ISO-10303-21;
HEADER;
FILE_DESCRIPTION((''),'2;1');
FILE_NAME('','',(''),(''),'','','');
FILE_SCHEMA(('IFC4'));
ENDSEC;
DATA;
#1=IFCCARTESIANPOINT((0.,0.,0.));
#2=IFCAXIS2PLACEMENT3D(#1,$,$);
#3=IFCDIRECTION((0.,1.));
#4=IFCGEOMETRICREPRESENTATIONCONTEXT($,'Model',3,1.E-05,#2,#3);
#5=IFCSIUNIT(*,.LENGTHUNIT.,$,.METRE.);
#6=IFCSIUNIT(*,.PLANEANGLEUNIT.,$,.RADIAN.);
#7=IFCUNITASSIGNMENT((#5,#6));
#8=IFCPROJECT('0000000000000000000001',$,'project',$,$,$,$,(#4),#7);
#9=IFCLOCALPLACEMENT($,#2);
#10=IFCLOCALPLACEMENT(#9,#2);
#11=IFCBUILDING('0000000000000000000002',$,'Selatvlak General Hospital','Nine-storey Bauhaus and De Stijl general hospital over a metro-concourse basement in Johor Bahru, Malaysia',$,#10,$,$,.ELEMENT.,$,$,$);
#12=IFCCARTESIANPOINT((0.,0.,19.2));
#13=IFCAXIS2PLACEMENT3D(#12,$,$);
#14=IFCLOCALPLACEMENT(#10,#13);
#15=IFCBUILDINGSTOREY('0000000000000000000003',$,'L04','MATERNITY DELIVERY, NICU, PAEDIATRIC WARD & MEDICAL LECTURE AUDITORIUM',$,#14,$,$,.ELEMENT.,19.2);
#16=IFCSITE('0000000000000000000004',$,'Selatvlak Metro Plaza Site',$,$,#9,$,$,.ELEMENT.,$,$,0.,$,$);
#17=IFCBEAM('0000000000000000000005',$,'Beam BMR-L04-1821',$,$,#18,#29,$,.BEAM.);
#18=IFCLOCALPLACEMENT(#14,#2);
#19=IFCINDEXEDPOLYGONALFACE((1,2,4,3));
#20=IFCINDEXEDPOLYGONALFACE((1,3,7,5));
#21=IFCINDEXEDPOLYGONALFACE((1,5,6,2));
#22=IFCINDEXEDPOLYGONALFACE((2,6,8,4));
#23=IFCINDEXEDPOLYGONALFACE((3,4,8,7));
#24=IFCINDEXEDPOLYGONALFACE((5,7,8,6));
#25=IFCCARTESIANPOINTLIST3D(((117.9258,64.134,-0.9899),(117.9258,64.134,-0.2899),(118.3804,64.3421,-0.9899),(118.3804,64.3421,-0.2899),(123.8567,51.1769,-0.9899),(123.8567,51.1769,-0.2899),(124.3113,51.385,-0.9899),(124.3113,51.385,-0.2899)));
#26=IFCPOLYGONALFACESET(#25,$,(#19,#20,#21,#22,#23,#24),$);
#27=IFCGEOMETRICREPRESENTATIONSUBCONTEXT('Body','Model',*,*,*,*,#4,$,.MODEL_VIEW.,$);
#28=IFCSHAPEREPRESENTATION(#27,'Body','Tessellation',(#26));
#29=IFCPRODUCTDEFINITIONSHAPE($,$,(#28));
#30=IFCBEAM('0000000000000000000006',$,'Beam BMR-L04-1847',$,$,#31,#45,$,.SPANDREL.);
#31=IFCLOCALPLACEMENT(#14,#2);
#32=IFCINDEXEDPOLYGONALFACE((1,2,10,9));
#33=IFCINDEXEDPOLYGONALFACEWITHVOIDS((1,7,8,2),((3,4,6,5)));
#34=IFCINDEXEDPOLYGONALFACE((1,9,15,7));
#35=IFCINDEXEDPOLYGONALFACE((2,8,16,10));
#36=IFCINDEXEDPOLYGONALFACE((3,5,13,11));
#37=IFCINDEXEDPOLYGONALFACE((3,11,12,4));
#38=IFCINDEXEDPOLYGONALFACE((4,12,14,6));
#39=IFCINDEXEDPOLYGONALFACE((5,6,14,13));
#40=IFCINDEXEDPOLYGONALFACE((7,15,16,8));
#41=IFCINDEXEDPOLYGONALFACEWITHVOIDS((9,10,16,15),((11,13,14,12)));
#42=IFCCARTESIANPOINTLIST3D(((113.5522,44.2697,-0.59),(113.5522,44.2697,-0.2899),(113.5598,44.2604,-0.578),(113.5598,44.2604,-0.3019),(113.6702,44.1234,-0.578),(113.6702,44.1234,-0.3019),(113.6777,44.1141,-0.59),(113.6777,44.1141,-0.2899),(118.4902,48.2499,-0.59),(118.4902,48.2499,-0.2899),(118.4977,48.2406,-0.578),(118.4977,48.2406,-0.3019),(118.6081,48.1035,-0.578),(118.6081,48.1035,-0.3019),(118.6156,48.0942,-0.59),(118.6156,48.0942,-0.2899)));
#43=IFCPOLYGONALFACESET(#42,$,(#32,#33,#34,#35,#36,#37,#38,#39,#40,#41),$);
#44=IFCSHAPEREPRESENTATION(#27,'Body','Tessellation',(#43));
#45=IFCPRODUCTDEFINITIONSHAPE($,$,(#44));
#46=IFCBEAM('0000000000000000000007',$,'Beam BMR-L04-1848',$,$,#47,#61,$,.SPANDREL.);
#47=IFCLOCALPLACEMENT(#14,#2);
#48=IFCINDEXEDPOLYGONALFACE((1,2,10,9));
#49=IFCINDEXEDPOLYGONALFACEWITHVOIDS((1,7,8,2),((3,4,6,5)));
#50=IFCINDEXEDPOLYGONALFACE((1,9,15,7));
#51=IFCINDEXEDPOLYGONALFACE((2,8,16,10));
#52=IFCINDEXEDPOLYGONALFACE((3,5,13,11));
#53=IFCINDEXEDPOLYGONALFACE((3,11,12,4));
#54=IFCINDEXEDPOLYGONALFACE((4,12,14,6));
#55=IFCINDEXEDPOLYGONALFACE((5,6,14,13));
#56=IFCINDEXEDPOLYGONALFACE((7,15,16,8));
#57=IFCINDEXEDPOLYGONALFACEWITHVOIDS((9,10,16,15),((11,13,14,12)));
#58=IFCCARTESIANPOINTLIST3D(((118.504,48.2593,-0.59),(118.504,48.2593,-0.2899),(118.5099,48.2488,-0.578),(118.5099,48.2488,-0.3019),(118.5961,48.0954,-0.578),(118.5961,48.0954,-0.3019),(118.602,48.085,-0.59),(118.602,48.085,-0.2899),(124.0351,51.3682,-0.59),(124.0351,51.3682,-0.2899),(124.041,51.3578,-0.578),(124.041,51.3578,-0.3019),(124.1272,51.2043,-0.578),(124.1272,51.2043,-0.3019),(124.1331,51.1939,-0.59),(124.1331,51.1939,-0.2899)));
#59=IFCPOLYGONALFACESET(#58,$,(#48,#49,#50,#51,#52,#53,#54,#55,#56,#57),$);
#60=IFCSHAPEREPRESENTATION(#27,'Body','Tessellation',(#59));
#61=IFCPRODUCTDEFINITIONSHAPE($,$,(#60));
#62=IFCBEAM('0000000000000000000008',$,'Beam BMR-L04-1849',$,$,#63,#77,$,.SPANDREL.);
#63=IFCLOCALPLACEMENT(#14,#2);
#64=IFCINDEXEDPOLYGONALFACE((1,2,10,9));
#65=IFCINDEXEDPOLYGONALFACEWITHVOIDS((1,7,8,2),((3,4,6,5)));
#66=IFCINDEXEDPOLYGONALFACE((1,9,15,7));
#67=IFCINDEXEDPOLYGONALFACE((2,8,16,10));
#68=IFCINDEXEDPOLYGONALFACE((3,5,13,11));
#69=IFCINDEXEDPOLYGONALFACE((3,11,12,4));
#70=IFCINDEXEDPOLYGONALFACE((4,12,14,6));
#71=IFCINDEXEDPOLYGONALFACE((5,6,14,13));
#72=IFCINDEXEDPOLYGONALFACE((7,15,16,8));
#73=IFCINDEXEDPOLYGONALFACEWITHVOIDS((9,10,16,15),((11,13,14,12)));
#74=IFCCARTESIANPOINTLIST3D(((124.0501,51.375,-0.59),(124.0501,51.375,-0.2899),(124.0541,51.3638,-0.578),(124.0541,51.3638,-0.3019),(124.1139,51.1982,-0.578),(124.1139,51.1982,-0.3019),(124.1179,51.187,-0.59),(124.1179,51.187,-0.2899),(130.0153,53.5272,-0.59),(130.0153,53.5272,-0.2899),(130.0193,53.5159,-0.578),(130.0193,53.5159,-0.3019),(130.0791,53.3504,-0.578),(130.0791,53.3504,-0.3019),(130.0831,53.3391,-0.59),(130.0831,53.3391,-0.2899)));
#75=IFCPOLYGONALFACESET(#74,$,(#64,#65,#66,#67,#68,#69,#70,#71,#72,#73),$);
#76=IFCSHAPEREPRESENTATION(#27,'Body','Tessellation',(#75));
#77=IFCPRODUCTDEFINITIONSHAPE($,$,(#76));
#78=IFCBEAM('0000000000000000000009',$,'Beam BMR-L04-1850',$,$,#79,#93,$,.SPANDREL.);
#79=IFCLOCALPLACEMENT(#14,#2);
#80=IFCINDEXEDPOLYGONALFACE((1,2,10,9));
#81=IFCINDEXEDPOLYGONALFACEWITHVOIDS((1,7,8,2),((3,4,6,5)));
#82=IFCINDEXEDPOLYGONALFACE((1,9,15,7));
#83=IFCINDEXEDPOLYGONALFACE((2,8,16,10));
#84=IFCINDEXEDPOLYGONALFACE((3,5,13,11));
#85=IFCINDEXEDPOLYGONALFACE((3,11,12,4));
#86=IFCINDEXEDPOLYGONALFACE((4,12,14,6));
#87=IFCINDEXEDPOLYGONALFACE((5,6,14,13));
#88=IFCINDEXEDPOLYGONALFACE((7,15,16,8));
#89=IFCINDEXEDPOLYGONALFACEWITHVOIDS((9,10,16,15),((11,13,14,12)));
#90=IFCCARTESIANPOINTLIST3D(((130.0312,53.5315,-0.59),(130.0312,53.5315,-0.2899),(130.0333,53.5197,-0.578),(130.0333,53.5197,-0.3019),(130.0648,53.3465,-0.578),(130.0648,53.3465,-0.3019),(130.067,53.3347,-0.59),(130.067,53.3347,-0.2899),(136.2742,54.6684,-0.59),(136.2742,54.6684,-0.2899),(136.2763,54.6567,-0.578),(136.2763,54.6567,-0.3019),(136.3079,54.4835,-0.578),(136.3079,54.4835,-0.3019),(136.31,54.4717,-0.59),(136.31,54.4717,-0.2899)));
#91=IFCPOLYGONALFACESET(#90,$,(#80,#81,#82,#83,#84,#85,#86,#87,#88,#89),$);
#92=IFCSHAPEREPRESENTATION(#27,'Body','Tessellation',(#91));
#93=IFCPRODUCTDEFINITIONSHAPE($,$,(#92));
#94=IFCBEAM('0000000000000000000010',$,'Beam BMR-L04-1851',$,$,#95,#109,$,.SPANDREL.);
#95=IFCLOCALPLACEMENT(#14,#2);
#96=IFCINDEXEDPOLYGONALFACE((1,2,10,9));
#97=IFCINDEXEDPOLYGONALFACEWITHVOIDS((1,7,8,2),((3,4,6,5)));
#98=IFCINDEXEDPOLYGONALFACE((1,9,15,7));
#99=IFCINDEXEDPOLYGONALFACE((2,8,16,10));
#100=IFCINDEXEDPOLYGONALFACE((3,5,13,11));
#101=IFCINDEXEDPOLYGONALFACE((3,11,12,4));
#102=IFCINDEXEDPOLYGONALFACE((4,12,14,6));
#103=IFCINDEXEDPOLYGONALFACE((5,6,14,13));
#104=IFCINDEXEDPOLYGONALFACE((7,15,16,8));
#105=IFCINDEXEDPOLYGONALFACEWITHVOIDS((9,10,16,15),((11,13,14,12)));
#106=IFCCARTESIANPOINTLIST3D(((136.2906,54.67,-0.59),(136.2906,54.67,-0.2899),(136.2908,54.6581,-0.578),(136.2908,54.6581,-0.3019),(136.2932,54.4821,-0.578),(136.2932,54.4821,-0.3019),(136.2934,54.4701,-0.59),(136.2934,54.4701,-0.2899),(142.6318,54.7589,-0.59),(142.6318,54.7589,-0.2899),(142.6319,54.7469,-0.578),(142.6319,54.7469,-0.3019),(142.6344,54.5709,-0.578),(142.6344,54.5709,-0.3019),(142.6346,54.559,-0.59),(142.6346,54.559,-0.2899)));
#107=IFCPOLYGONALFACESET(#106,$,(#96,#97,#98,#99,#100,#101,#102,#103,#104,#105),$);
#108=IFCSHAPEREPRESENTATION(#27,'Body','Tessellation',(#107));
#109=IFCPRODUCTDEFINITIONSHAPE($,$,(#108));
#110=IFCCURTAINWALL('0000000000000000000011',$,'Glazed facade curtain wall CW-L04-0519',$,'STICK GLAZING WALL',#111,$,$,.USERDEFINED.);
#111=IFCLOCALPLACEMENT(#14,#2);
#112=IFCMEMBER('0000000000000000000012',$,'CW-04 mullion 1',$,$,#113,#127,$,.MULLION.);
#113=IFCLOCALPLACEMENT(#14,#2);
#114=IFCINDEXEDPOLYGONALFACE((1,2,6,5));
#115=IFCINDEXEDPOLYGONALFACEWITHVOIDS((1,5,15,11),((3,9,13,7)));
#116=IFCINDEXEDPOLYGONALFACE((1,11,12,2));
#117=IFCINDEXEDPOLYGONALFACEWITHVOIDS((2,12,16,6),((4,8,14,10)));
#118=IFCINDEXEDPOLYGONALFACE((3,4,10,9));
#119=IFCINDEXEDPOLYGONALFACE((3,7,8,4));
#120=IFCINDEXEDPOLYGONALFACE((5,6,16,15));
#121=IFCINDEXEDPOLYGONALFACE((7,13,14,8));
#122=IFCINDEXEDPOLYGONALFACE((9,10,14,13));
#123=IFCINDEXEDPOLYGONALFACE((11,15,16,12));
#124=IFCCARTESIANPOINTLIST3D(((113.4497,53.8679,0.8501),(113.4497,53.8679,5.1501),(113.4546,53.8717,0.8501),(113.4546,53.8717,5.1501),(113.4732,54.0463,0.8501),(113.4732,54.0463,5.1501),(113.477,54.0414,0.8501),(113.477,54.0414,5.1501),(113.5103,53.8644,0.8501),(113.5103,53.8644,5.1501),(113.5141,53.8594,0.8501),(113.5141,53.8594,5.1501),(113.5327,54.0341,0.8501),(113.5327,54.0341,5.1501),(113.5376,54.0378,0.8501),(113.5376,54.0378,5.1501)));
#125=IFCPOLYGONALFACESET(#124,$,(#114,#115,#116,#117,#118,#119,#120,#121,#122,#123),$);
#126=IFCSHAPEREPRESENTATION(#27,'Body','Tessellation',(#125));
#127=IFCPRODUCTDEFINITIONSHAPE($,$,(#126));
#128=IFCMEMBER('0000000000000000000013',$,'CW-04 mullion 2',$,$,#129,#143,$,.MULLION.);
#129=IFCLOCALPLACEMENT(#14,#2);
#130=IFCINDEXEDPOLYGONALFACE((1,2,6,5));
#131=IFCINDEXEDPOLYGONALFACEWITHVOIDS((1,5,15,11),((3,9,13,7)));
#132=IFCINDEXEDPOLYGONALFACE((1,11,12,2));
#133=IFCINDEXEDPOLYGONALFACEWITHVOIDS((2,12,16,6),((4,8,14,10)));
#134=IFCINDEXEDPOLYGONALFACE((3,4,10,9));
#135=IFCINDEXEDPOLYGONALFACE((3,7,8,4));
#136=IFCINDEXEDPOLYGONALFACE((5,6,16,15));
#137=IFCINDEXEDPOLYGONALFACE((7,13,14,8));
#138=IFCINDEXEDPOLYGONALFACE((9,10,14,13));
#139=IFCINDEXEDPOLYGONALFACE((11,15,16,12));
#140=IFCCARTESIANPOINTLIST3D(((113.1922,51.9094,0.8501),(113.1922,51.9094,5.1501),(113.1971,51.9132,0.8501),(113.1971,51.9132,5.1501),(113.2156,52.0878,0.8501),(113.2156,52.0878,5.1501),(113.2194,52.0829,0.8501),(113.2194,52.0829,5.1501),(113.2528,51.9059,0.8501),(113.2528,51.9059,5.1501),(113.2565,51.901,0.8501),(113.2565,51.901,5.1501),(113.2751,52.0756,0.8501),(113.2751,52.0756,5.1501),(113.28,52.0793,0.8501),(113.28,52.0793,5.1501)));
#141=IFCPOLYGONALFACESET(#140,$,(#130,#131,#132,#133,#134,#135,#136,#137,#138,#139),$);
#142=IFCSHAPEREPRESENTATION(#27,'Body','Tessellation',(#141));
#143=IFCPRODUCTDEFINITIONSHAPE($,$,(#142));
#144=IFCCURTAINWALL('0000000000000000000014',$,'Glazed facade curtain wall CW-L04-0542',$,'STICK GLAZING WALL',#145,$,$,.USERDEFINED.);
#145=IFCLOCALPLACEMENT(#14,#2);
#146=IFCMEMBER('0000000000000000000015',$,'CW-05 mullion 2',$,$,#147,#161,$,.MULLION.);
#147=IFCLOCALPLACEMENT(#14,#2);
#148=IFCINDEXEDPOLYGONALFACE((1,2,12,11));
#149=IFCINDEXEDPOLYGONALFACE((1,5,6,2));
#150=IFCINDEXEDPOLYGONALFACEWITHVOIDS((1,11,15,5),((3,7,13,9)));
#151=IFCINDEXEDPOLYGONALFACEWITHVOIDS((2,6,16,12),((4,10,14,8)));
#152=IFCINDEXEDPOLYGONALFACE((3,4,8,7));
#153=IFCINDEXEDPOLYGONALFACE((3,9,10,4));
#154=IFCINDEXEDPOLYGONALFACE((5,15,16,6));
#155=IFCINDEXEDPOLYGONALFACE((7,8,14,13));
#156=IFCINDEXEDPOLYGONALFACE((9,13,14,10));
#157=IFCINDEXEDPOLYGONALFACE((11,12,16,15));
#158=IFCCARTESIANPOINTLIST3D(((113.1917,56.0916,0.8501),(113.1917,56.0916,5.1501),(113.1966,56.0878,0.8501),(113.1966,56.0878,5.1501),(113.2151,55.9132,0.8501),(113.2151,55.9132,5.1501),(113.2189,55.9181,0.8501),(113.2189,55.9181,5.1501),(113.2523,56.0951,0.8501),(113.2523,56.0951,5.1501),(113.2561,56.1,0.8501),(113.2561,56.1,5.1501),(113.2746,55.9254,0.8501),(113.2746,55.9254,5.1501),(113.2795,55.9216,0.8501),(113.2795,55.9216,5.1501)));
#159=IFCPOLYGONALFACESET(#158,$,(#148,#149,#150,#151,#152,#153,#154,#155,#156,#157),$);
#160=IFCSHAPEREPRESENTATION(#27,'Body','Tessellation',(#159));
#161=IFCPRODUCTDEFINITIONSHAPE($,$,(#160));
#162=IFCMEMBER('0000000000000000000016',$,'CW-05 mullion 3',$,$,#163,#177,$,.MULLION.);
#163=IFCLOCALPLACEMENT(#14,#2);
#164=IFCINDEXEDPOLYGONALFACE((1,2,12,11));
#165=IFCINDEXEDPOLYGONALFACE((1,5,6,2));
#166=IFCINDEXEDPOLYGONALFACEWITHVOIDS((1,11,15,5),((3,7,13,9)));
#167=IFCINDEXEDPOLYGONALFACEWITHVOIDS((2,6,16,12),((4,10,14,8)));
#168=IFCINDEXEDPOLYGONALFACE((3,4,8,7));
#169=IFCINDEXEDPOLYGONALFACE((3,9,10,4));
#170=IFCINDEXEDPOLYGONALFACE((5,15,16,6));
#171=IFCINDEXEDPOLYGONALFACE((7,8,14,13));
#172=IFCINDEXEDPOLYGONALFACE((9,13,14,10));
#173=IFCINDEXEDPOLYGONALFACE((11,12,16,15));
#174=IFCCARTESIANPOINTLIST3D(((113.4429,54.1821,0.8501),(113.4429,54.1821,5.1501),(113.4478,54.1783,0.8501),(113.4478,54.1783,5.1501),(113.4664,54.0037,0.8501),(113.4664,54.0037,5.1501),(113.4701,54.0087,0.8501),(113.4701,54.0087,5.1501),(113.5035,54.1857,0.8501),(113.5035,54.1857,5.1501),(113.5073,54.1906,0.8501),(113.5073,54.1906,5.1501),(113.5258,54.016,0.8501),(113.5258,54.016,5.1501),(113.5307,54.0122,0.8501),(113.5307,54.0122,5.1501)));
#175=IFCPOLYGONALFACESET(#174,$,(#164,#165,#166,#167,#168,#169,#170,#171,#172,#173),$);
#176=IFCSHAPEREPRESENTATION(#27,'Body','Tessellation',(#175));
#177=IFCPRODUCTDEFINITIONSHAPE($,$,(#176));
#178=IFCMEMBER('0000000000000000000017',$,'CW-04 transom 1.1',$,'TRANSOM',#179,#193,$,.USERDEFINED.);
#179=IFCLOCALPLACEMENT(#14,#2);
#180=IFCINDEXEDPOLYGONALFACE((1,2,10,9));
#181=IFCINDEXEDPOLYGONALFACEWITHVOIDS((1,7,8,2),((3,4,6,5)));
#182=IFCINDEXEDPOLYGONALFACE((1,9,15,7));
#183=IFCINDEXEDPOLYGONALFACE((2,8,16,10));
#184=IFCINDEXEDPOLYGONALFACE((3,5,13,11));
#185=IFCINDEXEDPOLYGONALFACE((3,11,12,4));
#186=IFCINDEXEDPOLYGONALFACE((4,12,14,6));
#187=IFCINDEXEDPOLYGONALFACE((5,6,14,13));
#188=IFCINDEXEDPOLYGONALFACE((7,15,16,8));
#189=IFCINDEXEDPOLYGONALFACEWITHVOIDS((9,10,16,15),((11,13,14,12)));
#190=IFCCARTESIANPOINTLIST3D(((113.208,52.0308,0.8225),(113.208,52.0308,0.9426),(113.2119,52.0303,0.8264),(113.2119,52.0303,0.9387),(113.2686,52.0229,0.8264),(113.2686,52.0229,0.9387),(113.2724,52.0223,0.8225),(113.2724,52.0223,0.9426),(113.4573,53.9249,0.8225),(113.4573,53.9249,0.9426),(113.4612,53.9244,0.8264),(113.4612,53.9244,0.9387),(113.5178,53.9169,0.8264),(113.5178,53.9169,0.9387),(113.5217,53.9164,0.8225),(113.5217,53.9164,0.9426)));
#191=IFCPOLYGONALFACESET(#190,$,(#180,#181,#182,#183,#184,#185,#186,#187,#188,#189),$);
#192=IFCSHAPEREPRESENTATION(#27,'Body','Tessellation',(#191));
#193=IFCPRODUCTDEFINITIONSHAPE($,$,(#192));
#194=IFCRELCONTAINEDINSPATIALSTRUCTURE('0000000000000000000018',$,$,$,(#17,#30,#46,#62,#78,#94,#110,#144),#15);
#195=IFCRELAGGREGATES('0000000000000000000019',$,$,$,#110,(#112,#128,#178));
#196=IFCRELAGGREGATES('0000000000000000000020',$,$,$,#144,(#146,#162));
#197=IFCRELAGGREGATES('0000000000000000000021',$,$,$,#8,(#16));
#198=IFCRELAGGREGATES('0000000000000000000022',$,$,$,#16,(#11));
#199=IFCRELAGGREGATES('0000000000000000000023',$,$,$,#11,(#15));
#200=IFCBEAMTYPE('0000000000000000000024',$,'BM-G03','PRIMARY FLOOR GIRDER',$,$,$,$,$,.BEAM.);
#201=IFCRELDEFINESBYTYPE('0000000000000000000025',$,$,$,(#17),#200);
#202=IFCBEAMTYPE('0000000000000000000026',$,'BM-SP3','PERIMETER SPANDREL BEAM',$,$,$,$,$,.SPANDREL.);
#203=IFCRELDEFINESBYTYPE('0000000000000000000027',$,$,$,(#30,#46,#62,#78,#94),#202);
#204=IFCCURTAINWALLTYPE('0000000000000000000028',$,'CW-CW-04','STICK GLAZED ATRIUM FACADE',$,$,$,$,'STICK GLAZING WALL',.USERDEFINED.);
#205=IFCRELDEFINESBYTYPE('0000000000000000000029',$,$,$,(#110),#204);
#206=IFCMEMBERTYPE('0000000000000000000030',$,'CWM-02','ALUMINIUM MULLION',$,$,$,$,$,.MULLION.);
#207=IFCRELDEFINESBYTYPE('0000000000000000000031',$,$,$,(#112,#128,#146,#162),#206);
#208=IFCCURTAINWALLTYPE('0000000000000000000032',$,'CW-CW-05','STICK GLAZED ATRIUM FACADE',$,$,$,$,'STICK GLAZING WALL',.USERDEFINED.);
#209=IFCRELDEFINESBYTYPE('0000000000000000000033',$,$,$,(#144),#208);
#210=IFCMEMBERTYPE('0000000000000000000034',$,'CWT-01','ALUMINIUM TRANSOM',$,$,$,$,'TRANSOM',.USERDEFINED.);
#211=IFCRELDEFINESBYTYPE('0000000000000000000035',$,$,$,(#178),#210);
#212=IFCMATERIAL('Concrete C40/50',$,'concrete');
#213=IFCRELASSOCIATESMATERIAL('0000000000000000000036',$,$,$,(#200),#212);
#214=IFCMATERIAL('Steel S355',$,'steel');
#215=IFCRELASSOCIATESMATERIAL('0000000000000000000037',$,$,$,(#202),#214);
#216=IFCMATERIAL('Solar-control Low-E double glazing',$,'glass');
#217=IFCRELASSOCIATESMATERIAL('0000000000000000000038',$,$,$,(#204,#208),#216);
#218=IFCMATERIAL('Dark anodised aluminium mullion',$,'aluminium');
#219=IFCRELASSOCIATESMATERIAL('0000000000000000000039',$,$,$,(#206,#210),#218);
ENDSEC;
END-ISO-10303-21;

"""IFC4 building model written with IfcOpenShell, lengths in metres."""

from ifc_helpers import new_model, si_unit, direction, frame, origin, origin_2d, place, context, subcontext, project, spatial, rectangle, hollow_rectangle, extrude, material, material_profile, profile_set, type_object, element, aggregate, save


model = new_model("IFC4")

# Units and contexts
model_context = context("Model", 3, precision=1e-05, world=origin(), true_north=direction((0.0, 1.0)))
body_context = subcontext(model_context, "Body", "Model", "MODEL_VIEW")
ifc_project = project(units=[si_unit("LENGTHUNIT", "METRE"), si_unit("PLANEANGLEUNIT", "RADIAN")], contexts=[model_context])

# Site, building, storey
site_placement = place(None, origin())
site = spatial("IfcSite", under=ifc_project, at=site_placement, Name="Selatvlak Metro Plaza Site", CompositionType="ELEMENT", RefElevation=0.0)
building_placement = place(site_placement, origin())
building = spatial("IfcBuilding", under=site, at=building_placement, Name="Selatvlak General Hospital", Description="Nine-storey Bauhaus and De Stijl general hospital over a metro-concourse basement in Johor Bahru, Malaysia", CompositionType="ELEMENT")
storey_placement = place(building_placement, frame((0.0, 0.0, 19.2)))
storey = spatial("IfcBuildingStorey", under=building, at=storey_placement, Name="L04", Description="MATERNITY DELIVERY, NICU, PAEDIATRIC WARD & MEDICAL LECTURE AUDITORIUM", CompositionType="ELEMENT", Elevation=19.2)

# Beams
ifc_material_1 = material(Name="Concrete C40/50", Category="concrete")
ifc_material_profile_1 = material_profile(ifc_material_1, rectangle(XDim=0.5, YDim=0.7, at=origin_2d()), Name="RC-BM 500x700")
ifc_profile_set_1 = profile_set([ifc_material_profile_1], Name="Concrete C40/50")
beam_type_1 = type_object("IfcBeamType", Name="BM-G03", Description="PRIMARY FLOOR GIRDER", PredefinedType="BEAM", material=ifc_profile_set_1)
beam_1_placement = place(storey_placement, frame((118.1531, 64.238, -0.6399), z_axis=(0.416206, -0.90927, 0.0), x_axis=(0.90927, 0.416206, 0.0)))
element("IfcBeam", 1, at=beam_1_placement, inside=storey, type_object=beam_type_1, Name="Beam BMR-L04-1821", PredefinedType="BEAM", context=body_context, shape_type="SweptSolid", body=[
    extrude(rectangle(XDim=0.5, YDim=0.7, at=origin_2d()), origin(), (0.0, 0.0, 1.0), 14.25),
])
ifc_material_2 = material(Name="Steel S355", Category="steel")
ifc_material_profile_2 = material_profile(ifc_material_2, hollow_rectangle(XDim=0.2, YDim=0.3, WallThickness=0.012, at=origin_2d()), Name="RHS 300x200x12")
ifc_profile_set_2 = profile_set([ifc_material_profile_2], Name="Steel S355")
beam_type_2 = type_object("IfcBeamType", Name="BM-SP3", Description="PERIMETER SPANDREL BEAM", PredefinedType="SPANDREL", material=ifc_profile_set_2)
beam_2_placement = place(storey_placement, frame((113.615, 44.1919, -0.4399), z_axis=(0.778569, 0.627559, 0.0), x_axis=(-0.627559, 0.778569, 0.0)))
element("IfcBeam", 2, at=beam_2_placement, inside=storey, type_object=beam_type_2, Name="Beam BMR-L04-1847", PredefinedType="SPANDREL", context=body_context, shape_type="SweptSolid", body=[
    extrude(hollow_rectangle(XDim=0.2, YDim=0.3, WallThickness=0.012, at=origin_2d()), origin(), (0.0, 0.0, 1.0), 6.3423),
])
beam_3_placement = place(storey_placement, frame((118.553, 48.1721, -0.4399), z_axis=(0.871731, 0.489985, 0.0), x_axis=(-0.489985, 0.871731, 0.0)))
element("IfcBeam", 3, at=beam_3_placement, inside=storey, type_object=beam_type_2, Name="Beam BMR-L04-1848", PredefinedType="SPANDREL", context=body_context, shape_type="SweptSolid", body=[
    extrude(hollow_rectangle(XDim=0.2, YDim=0.3, WallThickness=0.012, at=origin_2d()), origin(), (0.0, 0.0, 1.0), 6.345),
])
beam_4_placement = place(storey_placement, frame((124.084, 51.281, -0.4399), z_axis=(0.940653, 0.339371, 0.0), x_axis=(-0.339371, 0.940653, 0.0)))
element("IfcBeam", 4, at=beam_4_placement, inside=storey, type_object=beam_type_2, Name="Beam BMR-L04-1849", PredefinedType="SPANDREL", context=body_context, shape_type="SweptSolid", body=[
    extrude(hollow_rectangle(XDim=0.2, YDim=0.3, WallThickness=0.012, at=origin_2d()), origin(), (0.0, 0.0, 1.0), 6.3416),
])
beam_5_placement = place(storey_placement, frame((130.0491, 53.4331, -0.4399), z_axis=(0.983818, 0.179173, 0.0), x_axis=(-0.179173, 0.983818, 0.0)))
element("IfcBeam", 5, at=beam_5_placement, inside=storey, type_object=beam_type_2, Name="Beam BMR-L04-1850", PredefinedType="SPANDREL", context=body_context, shape_type="SweptSolid", body=[
    extrude(hollow_rectangle(XDim=0.2, YDim=0.3, WallThickness=0.012, at=origin_2d()), origin(), (0.0, 0.0, 1.0), 6.3457),
])
beam_6_placement = place(storey_placement, frame((136.292, 54.5701, -0.4399), z_axis=(0.999902, 0.014013, 0.0), x_axis=(-0.014013, 0.999902, 0.0)))
element("IfcBeam", 6, at=beam_6_placement, inside=storey, type_object=beam_type_2, Name="Beam BMR-L04-1851", PredefinedType="SPANDREL", context=body_context, shape_type="SweptSolid", body=[
    extrude(hollow_rectangle(XDim=0.2, YDim=0.3, WallThickness=0.012, at=origin_2d()), origin(), (0.0, 0.0, 1.0), 6.3418),
])

# Curtain walls, members
ifc_material_3 = material(Name="Solar-control Low-E double glazing", Category="glass")
curtain_wall_type_1 = type_object("IfcCurtainWallType", Name="CW-CW-04", Description="STICK GLAZED ATRIUM FACADE", ElementType="STICK GLAZING WALL", PredefinedType="USERDEFINED", material=ifc_material_3)
curtain_wall_1_placement = place(storey_placement, origin())
curtain_wall_1 = element("IfcCurtainWall", 7, at=curtain_wall_1_placement, inside=storey, type_object=curtain_wall_type_1, Name="Glazed facade curtain wall CW-L04-0519", ObjectType="STICK GLAZING WALL", PredefinedType="USERDEFINED")
ifc_material_4 = material(Name="Dark anodised aluminium mullion", Category="aluminium")
ifc_material_profile_3 = material_profile(ifc_material_4, hollow_rectangle(XDim=0.0649, YDim=0.1799, WallThickness=0.0044, at=origin_2d()), Name="AL-MUL 65x180x4.5")
ifc_profile_set_3 = profile_set([ifc_material_profile_3], Name="Dark anodised aluminium mullion")
member_type_1 = type_object("IfcMemberType", Name="CWM-02", Description="ALUMINIUM MULLION", PredefinedType="MULLION", material=ifc_profile_set_3)
member_1_placement = place(storey_placement, frame((113.4937, 53.9529, 0.8501), z_axis=(0.0, 0.0, 1.0), x_axis=(0.991448, -0.1305, 0.0)))
member_1 = element("IfcMember", 8, at=member_1_placement, type_object=member_type_1, Name="CW-04 mullion 1", PredefinedType="MULLION", context=body_context, shape_type="SweptSolid", body=[
    extrude(hollow_rectangle(XDim=0.0649, YDim=0.1799, WallThickness=0.0044, at=origin_2d()), origin(), (0.0, 0.0, 1.0), 4.3),
])
member_2_placement = place(storey_placement, frame((113.2361, 51.9944, 0.8501), z_axis=(0.0, 0.0, 1.0), x_axis=(0.991448, -0.1305, 0.0)))
member_2 = element("IfcMember", 9, at=member_2_placement, type_object=member_type_1, Name="CW-04 mullion 2", PredefinedType="MULLION", context=body_context, shape_type="SweptSolid", body=[
    extrude(hollow_rectangle(XDim=0.0649, YDim=0.1799, WallThickness=0.0044, at=origin_2d()), origin(), (0.0, 0.0, 1.0), 4.3),
])
curtain_wall_type_2 = type_object("IfcCurtainWallType", Name="CW-CW-05", Description="STICK GLAZED ATRIUM FACADE", ElementType="STICK GLAZING WALL", PredefinedType="USERDEFINED", material=ifc_material_3)
curtain_wall_2_placement = place(storey_placement, origin())
curtain_wall_2 = element("IfcCurtainWall", 10, at=curtain_wall_2_placement, inside=storey, type_object=curtain_wall_type_2, Name="Glazed facade curtain wall CW-L04-0542", ObjectType="STICK GLAZING WALL", PredefinedType="USERDEFINED")
member_3_placement = place(storey_placement, frame((113.2356, 56.0066, 0.8501), z_axis=(0.0, 0.0, 1.0), x_axis=(0.991452, 0.130474, 0.0)))
member_3 = element("IfcMember", 11, at=member_3_placement, type_object=member_type_1, Name="CW-05 mullion 2", PredefinedType="MULLION", context=body_context, shape_type="SweptSolid", body=[
    extrude(hollow_rectangle(XDim=0.0649, YDim=0.1799, WallThickness=0.0044, at=origin_2d()), origin(), (0.0, 0.0, 1.0), 4.3),
])
member_4_placement = place(storey_placement, frame((113.4868, 54.0972, 0.8501), z_axis=(0.0, 0.0, 1.0), x_axis=(0.991452, 0.130474, 0.0)))
member_4 = element("IfcMember", 12, at=member_4_placement, type_object=member_type_1, Name="CW-05 mullion 3", PredefinedType="MULLION", context=body_context, shape_type="SweptSolid", body=[
    extrude(hollow_rectangle(XDim=0.0649, YDim=0.1799, WallThickness=0.0044, at=origin_2d()), origin(), (0.0, 0.0, 1.0), 4.3),
])

# Member
ifc_material_profile_4 = material_profile(ifc_material_4, hollow_rectangle(XDim=0.0649, YDim=0.1201, WallThickness=0.0039, at=origin_2d()), Name="AL-TRN 65x120x4")
ifc_profile_set_4 = profile_set([ifc_material_profile_4], Name="Dark anodised aluminium mullion")
member_type_2 = type_object("IfcMemberType", Name="CWT-01", Description="ALUMINIUM TRANSOM", ElementType="TRANSOM", PredefinedType="USERDEFINED", material=ifc_profile_set_4)
member_5_placement = place(storey_placement, frame((113.4895, 53.9207, 0.8826), z_axis=(-0.130481, -0.991451, 0.0), x_axis=(0.991451, -0.130481, 0.0)))
member_5 = element("IfcMember", 13, at=member_5_placement, type_object=member_type_2, Name="CW-04 transom 1.1", ObjectType="TRANSOM", PredefinedType="USERDEFINED", context=body_context, shape_type="SweptSolid", body=[
    extrude(hollow_rectangle(XDim=0.0649, YDim=0.1201, WallThickness=0.0039, at=origin_2d()), origin(), (0.0, 0.0, 1.0), 1.9104),
])

aggregate(curtain_wall_1, [member_1, member_2, member_5])
aggregate(curtain_wall_2, [member_3, member_4])

save(model, "model.ifc")
